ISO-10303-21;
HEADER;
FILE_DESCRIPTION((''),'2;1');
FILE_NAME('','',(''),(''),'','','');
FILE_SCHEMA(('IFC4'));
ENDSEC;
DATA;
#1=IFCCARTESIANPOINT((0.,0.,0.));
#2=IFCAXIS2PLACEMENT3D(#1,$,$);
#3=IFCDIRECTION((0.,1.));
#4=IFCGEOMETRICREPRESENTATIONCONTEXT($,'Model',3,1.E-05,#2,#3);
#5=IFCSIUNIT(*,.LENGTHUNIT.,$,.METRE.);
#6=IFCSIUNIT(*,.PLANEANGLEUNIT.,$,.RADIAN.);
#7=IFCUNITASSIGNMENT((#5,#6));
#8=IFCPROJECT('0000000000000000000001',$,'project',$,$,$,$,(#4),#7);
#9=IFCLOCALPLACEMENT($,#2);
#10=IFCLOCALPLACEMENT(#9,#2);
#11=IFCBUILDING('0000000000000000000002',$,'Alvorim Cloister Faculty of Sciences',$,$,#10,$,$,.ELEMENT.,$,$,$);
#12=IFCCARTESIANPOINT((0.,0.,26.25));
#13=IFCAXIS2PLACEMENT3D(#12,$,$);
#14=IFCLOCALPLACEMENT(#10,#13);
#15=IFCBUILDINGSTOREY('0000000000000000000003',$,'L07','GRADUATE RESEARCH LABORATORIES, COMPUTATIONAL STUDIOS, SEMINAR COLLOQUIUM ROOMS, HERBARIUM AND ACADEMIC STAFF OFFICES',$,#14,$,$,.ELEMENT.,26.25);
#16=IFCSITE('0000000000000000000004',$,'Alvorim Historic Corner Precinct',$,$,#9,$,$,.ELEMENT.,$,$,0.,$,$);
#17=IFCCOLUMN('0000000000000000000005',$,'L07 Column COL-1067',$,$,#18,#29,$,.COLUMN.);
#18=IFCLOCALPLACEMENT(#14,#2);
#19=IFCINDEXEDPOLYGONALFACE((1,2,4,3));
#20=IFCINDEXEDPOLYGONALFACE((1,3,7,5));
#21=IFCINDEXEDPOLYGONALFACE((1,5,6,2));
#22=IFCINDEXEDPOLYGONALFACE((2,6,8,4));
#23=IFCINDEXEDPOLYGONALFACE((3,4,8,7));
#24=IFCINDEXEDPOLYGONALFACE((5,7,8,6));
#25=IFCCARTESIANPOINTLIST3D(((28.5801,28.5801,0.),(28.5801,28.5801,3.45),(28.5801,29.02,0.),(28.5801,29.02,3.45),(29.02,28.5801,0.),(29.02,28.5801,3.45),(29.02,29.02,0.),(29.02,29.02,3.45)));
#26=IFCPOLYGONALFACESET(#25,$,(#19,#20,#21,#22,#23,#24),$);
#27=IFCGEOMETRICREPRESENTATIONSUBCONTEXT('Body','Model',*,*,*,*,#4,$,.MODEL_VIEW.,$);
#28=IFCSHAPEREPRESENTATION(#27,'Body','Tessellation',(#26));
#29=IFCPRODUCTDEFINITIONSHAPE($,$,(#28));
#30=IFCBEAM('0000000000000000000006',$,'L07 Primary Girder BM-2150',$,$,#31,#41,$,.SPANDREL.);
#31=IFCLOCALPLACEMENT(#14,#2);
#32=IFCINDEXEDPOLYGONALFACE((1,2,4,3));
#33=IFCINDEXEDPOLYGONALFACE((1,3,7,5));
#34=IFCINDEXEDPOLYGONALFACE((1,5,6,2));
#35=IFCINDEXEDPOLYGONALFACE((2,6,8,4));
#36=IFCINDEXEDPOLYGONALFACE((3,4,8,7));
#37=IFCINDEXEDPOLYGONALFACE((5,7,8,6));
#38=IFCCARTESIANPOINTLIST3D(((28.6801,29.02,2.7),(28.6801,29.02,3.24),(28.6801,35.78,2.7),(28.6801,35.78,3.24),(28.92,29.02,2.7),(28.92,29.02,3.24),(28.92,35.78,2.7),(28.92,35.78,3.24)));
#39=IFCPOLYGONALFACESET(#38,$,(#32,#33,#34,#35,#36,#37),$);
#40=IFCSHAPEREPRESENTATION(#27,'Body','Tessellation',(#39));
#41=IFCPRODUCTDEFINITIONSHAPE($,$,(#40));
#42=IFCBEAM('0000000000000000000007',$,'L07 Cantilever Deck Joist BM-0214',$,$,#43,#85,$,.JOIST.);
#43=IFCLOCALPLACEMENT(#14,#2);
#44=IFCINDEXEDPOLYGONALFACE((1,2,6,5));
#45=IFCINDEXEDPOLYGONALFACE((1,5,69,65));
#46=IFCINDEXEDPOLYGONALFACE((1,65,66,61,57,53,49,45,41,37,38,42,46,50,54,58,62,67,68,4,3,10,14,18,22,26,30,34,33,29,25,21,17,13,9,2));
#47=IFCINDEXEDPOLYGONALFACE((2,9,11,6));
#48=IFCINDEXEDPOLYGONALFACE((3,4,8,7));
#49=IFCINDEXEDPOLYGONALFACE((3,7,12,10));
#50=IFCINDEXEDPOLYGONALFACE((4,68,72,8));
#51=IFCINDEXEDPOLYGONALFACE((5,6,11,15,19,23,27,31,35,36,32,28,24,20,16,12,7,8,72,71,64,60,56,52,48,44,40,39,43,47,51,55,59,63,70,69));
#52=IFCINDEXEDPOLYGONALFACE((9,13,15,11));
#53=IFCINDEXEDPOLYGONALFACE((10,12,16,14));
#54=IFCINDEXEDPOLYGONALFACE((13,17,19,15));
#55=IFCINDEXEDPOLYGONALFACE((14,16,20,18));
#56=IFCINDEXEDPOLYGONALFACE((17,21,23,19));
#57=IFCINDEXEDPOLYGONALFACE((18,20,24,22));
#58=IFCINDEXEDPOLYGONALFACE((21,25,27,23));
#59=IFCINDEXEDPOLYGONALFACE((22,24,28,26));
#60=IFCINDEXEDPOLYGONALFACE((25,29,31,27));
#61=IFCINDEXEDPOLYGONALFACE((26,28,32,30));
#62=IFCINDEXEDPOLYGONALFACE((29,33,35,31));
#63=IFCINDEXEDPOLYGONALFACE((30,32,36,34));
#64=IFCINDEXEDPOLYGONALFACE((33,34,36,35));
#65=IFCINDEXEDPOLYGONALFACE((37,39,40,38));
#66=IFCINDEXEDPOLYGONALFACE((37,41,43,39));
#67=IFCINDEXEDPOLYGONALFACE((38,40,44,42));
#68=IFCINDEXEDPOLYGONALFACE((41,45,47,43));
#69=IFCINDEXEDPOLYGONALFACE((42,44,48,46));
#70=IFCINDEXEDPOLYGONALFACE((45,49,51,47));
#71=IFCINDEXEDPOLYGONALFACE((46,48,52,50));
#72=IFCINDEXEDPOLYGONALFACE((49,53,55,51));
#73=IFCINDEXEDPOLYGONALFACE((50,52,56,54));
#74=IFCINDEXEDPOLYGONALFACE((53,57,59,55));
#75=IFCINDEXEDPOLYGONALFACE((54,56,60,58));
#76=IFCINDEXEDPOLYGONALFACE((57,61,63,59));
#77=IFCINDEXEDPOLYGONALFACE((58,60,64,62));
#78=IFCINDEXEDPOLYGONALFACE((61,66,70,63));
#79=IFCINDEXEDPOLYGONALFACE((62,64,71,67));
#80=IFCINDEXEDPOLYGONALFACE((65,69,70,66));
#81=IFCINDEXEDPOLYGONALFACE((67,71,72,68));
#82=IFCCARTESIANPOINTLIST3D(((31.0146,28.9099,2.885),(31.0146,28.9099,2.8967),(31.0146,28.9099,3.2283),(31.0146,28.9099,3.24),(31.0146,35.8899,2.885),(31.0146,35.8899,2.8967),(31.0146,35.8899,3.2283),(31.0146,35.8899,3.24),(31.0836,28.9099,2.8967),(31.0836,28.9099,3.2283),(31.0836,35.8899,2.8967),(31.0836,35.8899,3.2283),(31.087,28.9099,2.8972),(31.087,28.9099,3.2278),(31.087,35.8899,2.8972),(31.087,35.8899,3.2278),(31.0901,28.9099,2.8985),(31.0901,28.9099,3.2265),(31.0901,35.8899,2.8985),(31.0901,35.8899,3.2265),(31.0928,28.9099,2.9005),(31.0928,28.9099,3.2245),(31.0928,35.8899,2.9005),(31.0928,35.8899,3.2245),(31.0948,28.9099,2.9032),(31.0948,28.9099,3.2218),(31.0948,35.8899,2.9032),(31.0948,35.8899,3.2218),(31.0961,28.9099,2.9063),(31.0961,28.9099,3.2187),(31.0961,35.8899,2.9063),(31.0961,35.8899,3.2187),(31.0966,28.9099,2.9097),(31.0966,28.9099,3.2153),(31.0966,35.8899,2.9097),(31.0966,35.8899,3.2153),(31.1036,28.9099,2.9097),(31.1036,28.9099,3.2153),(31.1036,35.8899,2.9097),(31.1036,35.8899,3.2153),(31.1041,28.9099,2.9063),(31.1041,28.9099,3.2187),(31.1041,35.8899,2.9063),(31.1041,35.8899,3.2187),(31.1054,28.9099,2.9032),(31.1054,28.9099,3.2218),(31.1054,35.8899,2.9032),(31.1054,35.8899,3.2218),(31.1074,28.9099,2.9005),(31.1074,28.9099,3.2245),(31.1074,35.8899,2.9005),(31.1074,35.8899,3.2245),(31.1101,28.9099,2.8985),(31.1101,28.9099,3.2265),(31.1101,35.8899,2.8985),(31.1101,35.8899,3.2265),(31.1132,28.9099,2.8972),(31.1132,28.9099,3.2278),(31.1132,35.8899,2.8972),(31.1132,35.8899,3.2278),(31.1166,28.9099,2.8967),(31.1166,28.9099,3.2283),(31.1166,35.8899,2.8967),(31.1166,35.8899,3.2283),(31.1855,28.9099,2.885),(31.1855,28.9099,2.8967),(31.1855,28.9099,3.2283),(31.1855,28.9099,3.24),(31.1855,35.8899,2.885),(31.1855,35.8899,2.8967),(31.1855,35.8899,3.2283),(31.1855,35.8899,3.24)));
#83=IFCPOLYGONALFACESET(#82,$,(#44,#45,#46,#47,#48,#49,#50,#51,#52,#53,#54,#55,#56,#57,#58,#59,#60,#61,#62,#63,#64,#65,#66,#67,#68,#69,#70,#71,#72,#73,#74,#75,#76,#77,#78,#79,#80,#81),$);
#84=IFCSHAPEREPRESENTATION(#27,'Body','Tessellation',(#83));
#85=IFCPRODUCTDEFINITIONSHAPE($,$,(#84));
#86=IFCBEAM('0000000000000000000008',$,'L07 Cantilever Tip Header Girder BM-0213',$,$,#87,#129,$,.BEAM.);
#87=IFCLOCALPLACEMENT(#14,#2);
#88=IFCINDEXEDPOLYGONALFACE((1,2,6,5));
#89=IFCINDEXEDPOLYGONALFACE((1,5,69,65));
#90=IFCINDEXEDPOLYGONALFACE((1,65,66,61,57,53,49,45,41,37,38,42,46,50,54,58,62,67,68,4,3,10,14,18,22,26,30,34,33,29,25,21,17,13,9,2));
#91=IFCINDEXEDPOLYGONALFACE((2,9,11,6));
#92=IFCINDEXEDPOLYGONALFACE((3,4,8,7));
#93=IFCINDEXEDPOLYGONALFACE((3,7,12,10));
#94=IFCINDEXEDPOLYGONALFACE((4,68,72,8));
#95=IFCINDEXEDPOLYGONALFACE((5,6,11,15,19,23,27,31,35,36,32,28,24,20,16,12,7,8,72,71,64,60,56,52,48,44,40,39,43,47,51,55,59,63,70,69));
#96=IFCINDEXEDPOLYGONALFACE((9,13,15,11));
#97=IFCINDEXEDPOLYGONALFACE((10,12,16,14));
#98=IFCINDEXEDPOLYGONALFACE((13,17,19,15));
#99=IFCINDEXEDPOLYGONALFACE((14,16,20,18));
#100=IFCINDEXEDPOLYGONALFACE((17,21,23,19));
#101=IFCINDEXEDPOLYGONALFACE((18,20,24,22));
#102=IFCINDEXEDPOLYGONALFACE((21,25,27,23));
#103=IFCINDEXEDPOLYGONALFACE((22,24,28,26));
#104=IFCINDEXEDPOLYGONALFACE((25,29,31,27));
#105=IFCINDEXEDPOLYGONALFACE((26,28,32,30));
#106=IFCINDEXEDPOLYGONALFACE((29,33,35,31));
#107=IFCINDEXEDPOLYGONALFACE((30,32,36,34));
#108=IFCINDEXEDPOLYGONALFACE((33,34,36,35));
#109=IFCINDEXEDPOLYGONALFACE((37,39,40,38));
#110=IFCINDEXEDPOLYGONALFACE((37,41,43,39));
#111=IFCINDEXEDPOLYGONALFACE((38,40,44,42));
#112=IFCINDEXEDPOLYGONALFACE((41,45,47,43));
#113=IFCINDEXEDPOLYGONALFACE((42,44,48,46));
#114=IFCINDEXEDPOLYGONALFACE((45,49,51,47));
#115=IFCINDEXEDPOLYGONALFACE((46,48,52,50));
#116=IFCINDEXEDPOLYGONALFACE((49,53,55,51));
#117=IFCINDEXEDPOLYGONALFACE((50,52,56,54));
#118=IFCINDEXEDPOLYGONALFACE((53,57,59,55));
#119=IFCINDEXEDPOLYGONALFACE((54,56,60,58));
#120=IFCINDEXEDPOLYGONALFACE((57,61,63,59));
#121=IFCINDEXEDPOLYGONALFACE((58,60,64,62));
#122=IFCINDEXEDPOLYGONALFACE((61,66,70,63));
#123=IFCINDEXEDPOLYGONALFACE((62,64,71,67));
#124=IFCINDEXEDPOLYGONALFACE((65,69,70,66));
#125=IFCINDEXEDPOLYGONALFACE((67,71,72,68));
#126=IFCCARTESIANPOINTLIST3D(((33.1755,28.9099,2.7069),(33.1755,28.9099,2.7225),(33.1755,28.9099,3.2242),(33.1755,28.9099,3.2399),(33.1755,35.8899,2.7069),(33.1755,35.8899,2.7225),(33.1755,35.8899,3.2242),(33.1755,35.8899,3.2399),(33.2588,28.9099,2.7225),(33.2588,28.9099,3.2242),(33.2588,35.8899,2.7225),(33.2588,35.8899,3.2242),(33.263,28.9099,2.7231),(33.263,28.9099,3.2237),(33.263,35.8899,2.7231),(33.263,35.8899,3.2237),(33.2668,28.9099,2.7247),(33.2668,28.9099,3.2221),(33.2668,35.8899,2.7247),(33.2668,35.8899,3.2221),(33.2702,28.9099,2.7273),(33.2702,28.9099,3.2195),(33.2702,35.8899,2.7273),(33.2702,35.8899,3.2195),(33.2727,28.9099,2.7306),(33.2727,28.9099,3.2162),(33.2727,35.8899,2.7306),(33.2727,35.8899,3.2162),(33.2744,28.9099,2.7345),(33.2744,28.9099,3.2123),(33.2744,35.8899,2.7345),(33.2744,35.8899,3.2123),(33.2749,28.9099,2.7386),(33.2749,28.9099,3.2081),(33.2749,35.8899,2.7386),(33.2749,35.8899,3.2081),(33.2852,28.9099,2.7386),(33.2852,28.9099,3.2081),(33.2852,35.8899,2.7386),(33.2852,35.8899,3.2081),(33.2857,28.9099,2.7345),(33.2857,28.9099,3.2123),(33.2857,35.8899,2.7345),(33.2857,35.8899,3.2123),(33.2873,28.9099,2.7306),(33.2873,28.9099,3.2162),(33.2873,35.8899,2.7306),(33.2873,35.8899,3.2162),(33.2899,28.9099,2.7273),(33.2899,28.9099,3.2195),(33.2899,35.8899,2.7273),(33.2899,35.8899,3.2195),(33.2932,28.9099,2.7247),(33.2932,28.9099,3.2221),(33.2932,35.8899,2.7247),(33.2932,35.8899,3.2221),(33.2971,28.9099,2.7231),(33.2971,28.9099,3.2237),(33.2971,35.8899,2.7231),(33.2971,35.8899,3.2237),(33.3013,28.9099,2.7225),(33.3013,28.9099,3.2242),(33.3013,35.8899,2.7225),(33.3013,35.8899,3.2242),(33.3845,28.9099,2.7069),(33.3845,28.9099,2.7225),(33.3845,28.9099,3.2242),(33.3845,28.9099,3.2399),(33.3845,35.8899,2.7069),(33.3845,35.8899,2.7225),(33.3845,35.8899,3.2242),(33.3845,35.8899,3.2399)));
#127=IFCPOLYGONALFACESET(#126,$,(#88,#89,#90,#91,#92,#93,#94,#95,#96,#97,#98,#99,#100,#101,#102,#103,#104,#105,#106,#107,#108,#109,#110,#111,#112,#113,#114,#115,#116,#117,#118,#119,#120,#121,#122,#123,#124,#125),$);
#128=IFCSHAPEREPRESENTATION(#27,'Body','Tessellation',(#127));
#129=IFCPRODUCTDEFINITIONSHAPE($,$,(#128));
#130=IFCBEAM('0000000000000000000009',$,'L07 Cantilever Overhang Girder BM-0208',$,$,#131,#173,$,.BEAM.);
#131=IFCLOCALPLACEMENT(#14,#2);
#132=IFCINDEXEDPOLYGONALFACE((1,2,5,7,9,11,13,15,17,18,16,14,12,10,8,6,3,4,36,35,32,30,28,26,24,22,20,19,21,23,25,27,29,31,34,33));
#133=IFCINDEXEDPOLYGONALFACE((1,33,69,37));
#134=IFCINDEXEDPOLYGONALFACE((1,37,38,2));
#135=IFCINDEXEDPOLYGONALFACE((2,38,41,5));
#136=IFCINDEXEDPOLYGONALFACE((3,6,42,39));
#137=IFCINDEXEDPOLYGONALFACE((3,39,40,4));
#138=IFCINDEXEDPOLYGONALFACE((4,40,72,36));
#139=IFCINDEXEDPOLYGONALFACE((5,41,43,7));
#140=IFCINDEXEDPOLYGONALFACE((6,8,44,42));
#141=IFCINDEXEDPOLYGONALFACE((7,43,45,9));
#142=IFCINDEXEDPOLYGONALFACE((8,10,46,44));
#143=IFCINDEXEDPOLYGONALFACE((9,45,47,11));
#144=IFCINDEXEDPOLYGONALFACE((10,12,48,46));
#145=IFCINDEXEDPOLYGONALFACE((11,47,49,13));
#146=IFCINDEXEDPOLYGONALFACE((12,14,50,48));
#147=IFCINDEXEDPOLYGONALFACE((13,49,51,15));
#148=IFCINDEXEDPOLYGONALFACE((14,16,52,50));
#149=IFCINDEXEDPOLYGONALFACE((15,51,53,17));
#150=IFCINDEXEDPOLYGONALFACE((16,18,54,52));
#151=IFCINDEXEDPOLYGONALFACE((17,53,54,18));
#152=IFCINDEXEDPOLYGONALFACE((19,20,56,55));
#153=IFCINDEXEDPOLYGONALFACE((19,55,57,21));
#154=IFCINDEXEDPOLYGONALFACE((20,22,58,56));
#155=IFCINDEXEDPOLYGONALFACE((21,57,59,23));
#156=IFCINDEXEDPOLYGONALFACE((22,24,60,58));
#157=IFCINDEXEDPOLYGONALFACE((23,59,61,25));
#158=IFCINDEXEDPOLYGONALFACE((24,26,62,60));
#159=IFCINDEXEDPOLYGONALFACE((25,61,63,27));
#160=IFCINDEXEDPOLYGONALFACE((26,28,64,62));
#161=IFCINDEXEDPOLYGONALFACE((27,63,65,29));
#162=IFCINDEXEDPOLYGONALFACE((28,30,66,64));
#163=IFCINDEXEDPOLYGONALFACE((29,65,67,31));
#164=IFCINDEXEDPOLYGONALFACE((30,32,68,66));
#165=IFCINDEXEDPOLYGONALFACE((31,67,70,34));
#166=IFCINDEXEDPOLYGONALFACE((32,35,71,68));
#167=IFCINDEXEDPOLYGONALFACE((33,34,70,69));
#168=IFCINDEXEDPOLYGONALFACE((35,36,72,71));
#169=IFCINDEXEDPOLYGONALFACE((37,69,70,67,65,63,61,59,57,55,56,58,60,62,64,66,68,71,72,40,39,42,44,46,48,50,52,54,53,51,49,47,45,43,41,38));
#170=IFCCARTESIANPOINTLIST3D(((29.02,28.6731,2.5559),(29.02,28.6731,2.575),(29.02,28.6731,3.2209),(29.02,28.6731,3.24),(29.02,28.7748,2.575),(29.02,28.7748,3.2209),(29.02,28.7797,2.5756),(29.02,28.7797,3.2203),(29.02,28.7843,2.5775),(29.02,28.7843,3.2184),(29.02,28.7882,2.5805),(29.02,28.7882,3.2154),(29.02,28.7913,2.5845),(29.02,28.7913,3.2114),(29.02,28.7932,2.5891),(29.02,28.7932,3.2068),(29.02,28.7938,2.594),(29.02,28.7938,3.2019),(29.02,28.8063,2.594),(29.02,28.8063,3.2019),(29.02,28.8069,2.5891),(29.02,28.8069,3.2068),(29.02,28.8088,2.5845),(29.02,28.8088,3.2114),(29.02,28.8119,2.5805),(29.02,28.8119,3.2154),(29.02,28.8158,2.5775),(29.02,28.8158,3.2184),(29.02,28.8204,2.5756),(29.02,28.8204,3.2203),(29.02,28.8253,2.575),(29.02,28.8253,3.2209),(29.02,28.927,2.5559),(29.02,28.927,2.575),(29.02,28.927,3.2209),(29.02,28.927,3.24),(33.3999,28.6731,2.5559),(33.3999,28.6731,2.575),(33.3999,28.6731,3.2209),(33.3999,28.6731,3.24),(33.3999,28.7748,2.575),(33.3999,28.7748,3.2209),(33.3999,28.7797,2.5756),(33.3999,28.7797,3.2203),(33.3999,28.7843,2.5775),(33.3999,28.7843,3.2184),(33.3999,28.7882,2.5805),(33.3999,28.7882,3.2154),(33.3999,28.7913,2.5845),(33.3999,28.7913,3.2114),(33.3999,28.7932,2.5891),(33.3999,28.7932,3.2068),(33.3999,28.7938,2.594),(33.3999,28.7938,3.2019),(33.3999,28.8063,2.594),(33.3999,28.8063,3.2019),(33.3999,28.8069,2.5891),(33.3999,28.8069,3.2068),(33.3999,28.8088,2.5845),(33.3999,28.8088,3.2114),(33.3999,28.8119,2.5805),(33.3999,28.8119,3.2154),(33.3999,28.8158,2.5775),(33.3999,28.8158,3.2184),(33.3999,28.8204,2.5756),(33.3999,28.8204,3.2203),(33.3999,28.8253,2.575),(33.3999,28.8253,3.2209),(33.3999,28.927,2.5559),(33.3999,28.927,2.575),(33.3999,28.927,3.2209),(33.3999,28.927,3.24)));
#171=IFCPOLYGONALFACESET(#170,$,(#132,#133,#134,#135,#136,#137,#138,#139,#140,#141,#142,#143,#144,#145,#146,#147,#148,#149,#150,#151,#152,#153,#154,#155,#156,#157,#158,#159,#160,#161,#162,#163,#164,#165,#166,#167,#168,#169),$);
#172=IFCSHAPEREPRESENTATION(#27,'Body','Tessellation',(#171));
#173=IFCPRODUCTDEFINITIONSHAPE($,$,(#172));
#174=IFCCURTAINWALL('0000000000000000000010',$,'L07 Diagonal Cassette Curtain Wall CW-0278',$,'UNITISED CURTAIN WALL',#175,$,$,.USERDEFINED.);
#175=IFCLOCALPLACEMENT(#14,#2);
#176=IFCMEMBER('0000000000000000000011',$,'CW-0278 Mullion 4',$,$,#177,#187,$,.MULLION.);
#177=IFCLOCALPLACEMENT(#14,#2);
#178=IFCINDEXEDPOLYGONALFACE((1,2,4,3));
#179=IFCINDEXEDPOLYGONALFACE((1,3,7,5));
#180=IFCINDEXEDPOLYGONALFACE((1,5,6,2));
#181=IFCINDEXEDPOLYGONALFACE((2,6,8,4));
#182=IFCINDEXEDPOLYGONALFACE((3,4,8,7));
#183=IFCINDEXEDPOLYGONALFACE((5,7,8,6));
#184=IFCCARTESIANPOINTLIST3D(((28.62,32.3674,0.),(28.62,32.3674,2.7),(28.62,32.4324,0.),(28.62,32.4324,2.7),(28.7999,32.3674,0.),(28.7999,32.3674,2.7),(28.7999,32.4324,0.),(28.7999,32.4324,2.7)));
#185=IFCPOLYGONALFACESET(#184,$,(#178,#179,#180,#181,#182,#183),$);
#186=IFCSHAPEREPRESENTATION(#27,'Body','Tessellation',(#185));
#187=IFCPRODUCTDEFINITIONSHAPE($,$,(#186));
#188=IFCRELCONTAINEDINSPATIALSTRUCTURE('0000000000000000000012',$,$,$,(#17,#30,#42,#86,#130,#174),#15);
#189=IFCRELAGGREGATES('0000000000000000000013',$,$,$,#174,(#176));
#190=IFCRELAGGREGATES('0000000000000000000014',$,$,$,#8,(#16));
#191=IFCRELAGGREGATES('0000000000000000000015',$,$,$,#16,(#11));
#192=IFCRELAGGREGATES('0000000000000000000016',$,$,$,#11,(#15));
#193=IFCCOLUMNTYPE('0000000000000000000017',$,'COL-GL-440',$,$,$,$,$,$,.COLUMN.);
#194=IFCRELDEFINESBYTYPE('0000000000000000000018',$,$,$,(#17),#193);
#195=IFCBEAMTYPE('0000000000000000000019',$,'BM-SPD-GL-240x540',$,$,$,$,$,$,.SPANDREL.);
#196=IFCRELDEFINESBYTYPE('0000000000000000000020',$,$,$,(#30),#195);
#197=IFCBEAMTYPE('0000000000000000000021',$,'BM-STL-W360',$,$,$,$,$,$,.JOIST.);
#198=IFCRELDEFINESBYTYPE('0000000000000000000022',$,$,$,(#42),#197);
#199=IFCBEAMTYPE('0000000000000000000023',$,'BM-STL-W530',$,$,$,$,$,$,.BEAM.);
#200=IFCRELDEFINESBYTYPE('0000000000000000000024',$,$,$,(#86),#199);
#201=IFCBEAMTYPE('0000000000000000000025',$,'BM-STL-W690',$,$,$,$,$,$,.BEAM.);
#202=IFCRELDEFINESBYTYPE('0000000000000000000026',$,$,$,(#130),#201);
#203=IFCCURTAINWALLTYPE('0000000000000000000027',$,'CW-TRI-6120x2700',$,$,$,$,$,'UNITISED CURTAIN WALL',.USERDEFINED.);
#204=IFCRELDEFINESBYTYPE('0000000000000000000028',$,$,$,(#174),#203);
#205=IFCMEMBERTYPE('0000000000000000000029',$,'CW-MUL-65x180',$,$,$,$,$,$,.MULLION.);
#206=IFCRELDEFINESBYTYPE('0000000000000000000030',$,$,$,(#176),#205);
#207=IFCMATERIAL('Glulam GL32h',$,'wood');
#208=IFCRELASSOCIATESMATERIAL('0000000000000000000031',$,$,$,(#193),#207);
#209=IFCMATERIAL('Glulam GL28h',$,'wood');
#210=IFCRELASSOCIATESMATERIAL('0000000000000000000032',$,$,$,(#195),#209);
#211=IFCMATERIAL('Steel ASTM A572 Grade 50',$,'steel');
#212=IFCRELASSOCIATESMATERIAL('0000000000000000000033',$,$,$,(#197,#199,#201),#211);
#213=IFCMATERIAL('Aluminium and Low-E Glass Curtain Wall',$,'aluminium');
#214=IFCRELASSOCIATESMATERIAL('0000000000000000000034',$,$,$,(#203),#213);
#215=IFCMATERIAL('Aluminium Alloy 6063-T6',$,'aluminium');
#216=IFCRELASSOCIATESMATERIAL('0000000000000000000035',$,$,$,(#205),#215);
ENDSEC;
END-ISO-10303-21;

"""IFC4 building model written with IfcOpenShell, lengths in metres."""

from ifc_helpers import new_model, si_unit, direction, frame, origin, origin_2d, place, context, subcontext, project, spatial, rectangle, i_section, extrude, material, material_profile, profile_set, type_object, element, aggregate, save


model = new_model("IFC4")

# Units and contexts
model_context = context("Model", 3, precision=1e-05, world=origin(), true_north=direction((0.0, 1.0)))
body_context = subcontext(model_context, "Body", "Model", "MODEL_VIEW")
ifc_project = project(units=[si_unit("LENGTHUNIT", "METRE"), si_unit("PLANEANGLEUNIT", "RADIAN")], contexts=[model_context])

# Site, building, storey
site_placement = place(None, origin())
site = spatial("IfcSite", under=ifc_project, at=site_placement, Name="Alvorim Historic Corner Precinct", CompositionType="ELEMENT", RefElevation=0.0)
building_placement = place(site_placement, origin())
building = spatial("IfcBuilding", under=site, at=building_placement, Name="Alvorim Cloister Faculty of Sciences", CompositionType="ELEMENT")
storey_placement = place(building_placement, frame((0.0, 0.0, 26.25)))
storey = spatial("IfcBuildingStorey", under=building, at=storey_placement, Name="L07", Description="GRADUATE RESEARCH LABORATORIES, COMPUTATIONAL STUDIOS, SEMINAR COLLOQUIUM ROOMS, HERBARIUM AND ACADEMIC STAFF OFFICES", CompositionType="ELEMENT", Elevation=26.25)

# Column
ifc_material_1 = material(Name="Glulam GL32h", Category="wood")
ifc_material_profile_1 = material_profile(ifc_material_1, rectangle(XDim=0.4399, YDim=0.4399, at=origin_2d()), Name="GL32-COL-440x440")
ifc_profile_set_1 = profile_set([ifc_material_profile_1], Name="Glulam GL32h")
column_type = type_object("IfcColumnType", Name="COL-GL-440", PredefinedType="COLUMN", material=ifc_profile_set_1)
column_placement = place(storey_placement, frame((28.8, 28.8, 0.0), z_axis=(0.0, 0.0, 1.0), x_axis=(1.0, 0.0, 0.0)))
element("IfcColumn", 1, at=column_placement, inside=storey, type_object=column_type, Name="L07 Column COL-1067", PredefinedType="COLUMN", context=body_context, shape_type="SweptSolid", body=[
    extrude(rectangle(XDim=0.4399, YDim=0.4399, at=origin_2d()), origin(), (0.0, 0.0, 1.0), 3.45),
])

# Beams
ifc_material_2 = material(Name="Glulam GL28h", Category="wood")
ifc_material_profile_2 = material_profile(ifc_material_2, rectangle(XDim=0.24, YDim=0.54, at=origin_2d()), Name="GL28-SPD-240x540")
ifc_profile_set_2 = profile_set([ifc_material_profile_2], Name="Glulam GL28h")
beam_type_1 = type_object("IfcBeamType", Name="BM-SPD-GL-240x540", PredefinedType="SPANDREL", material=ifc_profile_set_2)
beam_1_placement = place(storey_placement, frame((28.8, 29.02, 2.97), z_axis=(0.0, 1.0, 0.0), x_axis=(-1.0, 0.0, 0.0)))
element("IfcBeam", 2, at=beam_1_placement, inside=storey, type_object=beam_type_1, Name="L07 Primary Girder BM-2150", PredefinedType="SPANDREL", context=body_context, shape_type="SweptSolid", body=[
    extrude(rectangle(XDim=0.24, YDim=0.54, at=origin_2d()), origin(), (0.0, 0.0, 1.0), 6.76),
])
ifc_material_3 = material(Name="Steel ASTM A572 Grade 50", Category="steel")
ifc_material_profile_3 = material_profile(ifc_material_3, i_section(OverallWidth=0.1709, OverallDepth=0.355, WebThickness=0.0071, FlangeThickness=0.0117, FilletRadius=0.0129, at=origin_2d()), Name="W360x51.0")
ifc_profile_set_3 = profile_set([ifc_material_profile_3], Name="Steel ASTM A572 Grade 50")
beam_type_2 = type_object("IfcBeamType", Name="BM-STL-W360", PredefinedType="JOIST", material=ifc_profile_set_3)
beam_2_placement = place(storey_placement, frame((31.1001, 28.9099, 3.0625), z_axis=(0.0, 1.0, 0.0), x_axis=(-1.0, 0.0, 0.0)))
element("IfcBeam", 3, at=beam_2_placement, inside=storey, type_object=beam_type_2, Name="L07 Cantilever Deck Joist BM-0214", PredefinedType="JOIST", context=body_context, shape_type="SweptSolid", body=[
    extrude(i_section(OverallWidth=0.1709, OverallDepth=0.355, WebThickness=0.0071, FlangeThickness=0.0117, FilletRadius=0.0129, at=origin_2d()), origin(), (0.0, 0.0, 1.0), 6.98),
])
ifc_material_profile_4 = material_profile(ifc_material_3, i_section(OverallWidth=0.209, OverallDepth=0.533, WebThickness=0.0103, FlangeThickness=0.0156, FilletRadius=0.0161, at=origin_2d()), Name="W530x92.0")
ifc_profile_set_4 = profile_set([ifc_material_profile_4], Name="Steel ASTM A572 Grade 50")
beam_type_3 = type_object("IfcBeamType", Name="BM-STL-W530", PredefinedType="BEAM", material=ifc_profile_set_4)
beam_3_placement = place(storey_placement, frame((33.28, 28.9099, 2.9734), z_axis=(0.0, 1.0, 0.0), x_axis=(-1.0, 0.0, 0.0)))
element("IfcBeam", 4, at=beam_3_placement, inside=storey, type_object=beam_type_3, Name="L07 Cantilever Tip Header Girder BM-0213", PredefinedType="BEAM", context=body_context, shape_type="SweptSolid", body=[
    extrude(i_section(OverallWidth=0.209, OverallDepth=0.533, WebThickness=0.0103, FlangeThickness=0.0156, FilletRadius=0.0161, at=origin_2d()), origin(), (0.0, 0.0, 1.0), 6.98),
])
ifc_material_profile_5 = material_profile(ifc_material_3, i_section(OverallWidth=0.2539, OverallDepth=0.6841, WebThickness=0.0125, FlangeThickness=0.019, FilletRadius=0.019, at=origin_2d()), Name="W690x140.0")
ifc_profile_set_5 = profile_set([ifc_material_profile_5], Name="Steel ASTM A572 Grade 50")
beam_type_4 = type_object("IfcBeamType", Name="BM-STL-W690", PredefinedType="BEAM", material=ifc_profile_set_5)
beam_4_placement = place(storey_placement, frame((29.02, 28.8, 2.8979), z_axis=(1.0, 0.0, 0.0), x_axis=(0.0, 1.0, 0.0)))
element("IfcBeam", 5, at=beam_4_placement, inside=storey, type_object=beam_type_4, Name="L07 Cantilever Overhang Girder BM-0208", PredefinedType="BEAM", context=body_context, shape_type="SweptSolid", body=[
    extrude(i_section(OverallWidth=0.2539, OverallDepth=0.6841, WebThickness=0.0125, FlangeThickness=0.019, FilletRadius=0.019, at=origin_2d()), origin(), (0.0, 0.0, 1.0), 4.3799),
])

# Curtain wall, member
ifc_material_4 = material(Name="Aluminium and Low-E Glass Curtain Wall", Category="aluminium")
curtain_wall_type = type_object("IfcCurtainWallType", Name="CW-TRI-6120x2700", ElementType="UNITISED CURTAIN WALL", PredefinedType="USERDEFINED", material=ifc_material_4)
curtain_wall_1_placement = place(storey_placement, origin())
curtain_wall_1 = element("IfcCurtainWall", 6, at=curtain_wall_1_placement, inside=storey, type_object=curtain_wall_type, Name="L07 Diagonal Cassette Curtain Wall CW-0278", ObjectType="UNITISED CURTAIN WALL", PredefinedType="USERDEFINED")
ifc_material_5 = material(Name="Aluminium Alloy 6063-T6", Category="aluminium")
ifc_material_profile_6 = material_profile(ifc_material_5, rectangle(XDim=0.0649, YDim=0.1799, at=origin_2d()), Name="ALU-MUL-65x180")
ifc_profile_set_6 = profile_set([ifc_material_profile_6], Name="Aluminium Alloy 6063-T6")
member_type_1 = type_object("IfcMemberType", Name="CW-MUL-65x180", PredefinedType="MULLION", material=ifc_profile_set_6)
member_1_placement = place(storey_placement, frame((28.71, 32.3999, 0.0), z_axis=(0.0, 0.0, 1.0), x_axis=(0.0, 1.0, 0.0)))
member_1 = element("IfcMember", 7, at=member_1_placement, type_object=member_type_1, Name="CW-0278 Mullion 4", PredefinedType="MULLION", context=body_context, shape_type="SweptSolid", body=[
    extrude(rectangle(XDim=0.0649, YDim=0.1799, at=origin_2d()), origin(), (0.0, 0.0, 1.0), 2.7),
])

aggregate(curtain_wall_1, [member_1])

save(model, "model.ifc")
